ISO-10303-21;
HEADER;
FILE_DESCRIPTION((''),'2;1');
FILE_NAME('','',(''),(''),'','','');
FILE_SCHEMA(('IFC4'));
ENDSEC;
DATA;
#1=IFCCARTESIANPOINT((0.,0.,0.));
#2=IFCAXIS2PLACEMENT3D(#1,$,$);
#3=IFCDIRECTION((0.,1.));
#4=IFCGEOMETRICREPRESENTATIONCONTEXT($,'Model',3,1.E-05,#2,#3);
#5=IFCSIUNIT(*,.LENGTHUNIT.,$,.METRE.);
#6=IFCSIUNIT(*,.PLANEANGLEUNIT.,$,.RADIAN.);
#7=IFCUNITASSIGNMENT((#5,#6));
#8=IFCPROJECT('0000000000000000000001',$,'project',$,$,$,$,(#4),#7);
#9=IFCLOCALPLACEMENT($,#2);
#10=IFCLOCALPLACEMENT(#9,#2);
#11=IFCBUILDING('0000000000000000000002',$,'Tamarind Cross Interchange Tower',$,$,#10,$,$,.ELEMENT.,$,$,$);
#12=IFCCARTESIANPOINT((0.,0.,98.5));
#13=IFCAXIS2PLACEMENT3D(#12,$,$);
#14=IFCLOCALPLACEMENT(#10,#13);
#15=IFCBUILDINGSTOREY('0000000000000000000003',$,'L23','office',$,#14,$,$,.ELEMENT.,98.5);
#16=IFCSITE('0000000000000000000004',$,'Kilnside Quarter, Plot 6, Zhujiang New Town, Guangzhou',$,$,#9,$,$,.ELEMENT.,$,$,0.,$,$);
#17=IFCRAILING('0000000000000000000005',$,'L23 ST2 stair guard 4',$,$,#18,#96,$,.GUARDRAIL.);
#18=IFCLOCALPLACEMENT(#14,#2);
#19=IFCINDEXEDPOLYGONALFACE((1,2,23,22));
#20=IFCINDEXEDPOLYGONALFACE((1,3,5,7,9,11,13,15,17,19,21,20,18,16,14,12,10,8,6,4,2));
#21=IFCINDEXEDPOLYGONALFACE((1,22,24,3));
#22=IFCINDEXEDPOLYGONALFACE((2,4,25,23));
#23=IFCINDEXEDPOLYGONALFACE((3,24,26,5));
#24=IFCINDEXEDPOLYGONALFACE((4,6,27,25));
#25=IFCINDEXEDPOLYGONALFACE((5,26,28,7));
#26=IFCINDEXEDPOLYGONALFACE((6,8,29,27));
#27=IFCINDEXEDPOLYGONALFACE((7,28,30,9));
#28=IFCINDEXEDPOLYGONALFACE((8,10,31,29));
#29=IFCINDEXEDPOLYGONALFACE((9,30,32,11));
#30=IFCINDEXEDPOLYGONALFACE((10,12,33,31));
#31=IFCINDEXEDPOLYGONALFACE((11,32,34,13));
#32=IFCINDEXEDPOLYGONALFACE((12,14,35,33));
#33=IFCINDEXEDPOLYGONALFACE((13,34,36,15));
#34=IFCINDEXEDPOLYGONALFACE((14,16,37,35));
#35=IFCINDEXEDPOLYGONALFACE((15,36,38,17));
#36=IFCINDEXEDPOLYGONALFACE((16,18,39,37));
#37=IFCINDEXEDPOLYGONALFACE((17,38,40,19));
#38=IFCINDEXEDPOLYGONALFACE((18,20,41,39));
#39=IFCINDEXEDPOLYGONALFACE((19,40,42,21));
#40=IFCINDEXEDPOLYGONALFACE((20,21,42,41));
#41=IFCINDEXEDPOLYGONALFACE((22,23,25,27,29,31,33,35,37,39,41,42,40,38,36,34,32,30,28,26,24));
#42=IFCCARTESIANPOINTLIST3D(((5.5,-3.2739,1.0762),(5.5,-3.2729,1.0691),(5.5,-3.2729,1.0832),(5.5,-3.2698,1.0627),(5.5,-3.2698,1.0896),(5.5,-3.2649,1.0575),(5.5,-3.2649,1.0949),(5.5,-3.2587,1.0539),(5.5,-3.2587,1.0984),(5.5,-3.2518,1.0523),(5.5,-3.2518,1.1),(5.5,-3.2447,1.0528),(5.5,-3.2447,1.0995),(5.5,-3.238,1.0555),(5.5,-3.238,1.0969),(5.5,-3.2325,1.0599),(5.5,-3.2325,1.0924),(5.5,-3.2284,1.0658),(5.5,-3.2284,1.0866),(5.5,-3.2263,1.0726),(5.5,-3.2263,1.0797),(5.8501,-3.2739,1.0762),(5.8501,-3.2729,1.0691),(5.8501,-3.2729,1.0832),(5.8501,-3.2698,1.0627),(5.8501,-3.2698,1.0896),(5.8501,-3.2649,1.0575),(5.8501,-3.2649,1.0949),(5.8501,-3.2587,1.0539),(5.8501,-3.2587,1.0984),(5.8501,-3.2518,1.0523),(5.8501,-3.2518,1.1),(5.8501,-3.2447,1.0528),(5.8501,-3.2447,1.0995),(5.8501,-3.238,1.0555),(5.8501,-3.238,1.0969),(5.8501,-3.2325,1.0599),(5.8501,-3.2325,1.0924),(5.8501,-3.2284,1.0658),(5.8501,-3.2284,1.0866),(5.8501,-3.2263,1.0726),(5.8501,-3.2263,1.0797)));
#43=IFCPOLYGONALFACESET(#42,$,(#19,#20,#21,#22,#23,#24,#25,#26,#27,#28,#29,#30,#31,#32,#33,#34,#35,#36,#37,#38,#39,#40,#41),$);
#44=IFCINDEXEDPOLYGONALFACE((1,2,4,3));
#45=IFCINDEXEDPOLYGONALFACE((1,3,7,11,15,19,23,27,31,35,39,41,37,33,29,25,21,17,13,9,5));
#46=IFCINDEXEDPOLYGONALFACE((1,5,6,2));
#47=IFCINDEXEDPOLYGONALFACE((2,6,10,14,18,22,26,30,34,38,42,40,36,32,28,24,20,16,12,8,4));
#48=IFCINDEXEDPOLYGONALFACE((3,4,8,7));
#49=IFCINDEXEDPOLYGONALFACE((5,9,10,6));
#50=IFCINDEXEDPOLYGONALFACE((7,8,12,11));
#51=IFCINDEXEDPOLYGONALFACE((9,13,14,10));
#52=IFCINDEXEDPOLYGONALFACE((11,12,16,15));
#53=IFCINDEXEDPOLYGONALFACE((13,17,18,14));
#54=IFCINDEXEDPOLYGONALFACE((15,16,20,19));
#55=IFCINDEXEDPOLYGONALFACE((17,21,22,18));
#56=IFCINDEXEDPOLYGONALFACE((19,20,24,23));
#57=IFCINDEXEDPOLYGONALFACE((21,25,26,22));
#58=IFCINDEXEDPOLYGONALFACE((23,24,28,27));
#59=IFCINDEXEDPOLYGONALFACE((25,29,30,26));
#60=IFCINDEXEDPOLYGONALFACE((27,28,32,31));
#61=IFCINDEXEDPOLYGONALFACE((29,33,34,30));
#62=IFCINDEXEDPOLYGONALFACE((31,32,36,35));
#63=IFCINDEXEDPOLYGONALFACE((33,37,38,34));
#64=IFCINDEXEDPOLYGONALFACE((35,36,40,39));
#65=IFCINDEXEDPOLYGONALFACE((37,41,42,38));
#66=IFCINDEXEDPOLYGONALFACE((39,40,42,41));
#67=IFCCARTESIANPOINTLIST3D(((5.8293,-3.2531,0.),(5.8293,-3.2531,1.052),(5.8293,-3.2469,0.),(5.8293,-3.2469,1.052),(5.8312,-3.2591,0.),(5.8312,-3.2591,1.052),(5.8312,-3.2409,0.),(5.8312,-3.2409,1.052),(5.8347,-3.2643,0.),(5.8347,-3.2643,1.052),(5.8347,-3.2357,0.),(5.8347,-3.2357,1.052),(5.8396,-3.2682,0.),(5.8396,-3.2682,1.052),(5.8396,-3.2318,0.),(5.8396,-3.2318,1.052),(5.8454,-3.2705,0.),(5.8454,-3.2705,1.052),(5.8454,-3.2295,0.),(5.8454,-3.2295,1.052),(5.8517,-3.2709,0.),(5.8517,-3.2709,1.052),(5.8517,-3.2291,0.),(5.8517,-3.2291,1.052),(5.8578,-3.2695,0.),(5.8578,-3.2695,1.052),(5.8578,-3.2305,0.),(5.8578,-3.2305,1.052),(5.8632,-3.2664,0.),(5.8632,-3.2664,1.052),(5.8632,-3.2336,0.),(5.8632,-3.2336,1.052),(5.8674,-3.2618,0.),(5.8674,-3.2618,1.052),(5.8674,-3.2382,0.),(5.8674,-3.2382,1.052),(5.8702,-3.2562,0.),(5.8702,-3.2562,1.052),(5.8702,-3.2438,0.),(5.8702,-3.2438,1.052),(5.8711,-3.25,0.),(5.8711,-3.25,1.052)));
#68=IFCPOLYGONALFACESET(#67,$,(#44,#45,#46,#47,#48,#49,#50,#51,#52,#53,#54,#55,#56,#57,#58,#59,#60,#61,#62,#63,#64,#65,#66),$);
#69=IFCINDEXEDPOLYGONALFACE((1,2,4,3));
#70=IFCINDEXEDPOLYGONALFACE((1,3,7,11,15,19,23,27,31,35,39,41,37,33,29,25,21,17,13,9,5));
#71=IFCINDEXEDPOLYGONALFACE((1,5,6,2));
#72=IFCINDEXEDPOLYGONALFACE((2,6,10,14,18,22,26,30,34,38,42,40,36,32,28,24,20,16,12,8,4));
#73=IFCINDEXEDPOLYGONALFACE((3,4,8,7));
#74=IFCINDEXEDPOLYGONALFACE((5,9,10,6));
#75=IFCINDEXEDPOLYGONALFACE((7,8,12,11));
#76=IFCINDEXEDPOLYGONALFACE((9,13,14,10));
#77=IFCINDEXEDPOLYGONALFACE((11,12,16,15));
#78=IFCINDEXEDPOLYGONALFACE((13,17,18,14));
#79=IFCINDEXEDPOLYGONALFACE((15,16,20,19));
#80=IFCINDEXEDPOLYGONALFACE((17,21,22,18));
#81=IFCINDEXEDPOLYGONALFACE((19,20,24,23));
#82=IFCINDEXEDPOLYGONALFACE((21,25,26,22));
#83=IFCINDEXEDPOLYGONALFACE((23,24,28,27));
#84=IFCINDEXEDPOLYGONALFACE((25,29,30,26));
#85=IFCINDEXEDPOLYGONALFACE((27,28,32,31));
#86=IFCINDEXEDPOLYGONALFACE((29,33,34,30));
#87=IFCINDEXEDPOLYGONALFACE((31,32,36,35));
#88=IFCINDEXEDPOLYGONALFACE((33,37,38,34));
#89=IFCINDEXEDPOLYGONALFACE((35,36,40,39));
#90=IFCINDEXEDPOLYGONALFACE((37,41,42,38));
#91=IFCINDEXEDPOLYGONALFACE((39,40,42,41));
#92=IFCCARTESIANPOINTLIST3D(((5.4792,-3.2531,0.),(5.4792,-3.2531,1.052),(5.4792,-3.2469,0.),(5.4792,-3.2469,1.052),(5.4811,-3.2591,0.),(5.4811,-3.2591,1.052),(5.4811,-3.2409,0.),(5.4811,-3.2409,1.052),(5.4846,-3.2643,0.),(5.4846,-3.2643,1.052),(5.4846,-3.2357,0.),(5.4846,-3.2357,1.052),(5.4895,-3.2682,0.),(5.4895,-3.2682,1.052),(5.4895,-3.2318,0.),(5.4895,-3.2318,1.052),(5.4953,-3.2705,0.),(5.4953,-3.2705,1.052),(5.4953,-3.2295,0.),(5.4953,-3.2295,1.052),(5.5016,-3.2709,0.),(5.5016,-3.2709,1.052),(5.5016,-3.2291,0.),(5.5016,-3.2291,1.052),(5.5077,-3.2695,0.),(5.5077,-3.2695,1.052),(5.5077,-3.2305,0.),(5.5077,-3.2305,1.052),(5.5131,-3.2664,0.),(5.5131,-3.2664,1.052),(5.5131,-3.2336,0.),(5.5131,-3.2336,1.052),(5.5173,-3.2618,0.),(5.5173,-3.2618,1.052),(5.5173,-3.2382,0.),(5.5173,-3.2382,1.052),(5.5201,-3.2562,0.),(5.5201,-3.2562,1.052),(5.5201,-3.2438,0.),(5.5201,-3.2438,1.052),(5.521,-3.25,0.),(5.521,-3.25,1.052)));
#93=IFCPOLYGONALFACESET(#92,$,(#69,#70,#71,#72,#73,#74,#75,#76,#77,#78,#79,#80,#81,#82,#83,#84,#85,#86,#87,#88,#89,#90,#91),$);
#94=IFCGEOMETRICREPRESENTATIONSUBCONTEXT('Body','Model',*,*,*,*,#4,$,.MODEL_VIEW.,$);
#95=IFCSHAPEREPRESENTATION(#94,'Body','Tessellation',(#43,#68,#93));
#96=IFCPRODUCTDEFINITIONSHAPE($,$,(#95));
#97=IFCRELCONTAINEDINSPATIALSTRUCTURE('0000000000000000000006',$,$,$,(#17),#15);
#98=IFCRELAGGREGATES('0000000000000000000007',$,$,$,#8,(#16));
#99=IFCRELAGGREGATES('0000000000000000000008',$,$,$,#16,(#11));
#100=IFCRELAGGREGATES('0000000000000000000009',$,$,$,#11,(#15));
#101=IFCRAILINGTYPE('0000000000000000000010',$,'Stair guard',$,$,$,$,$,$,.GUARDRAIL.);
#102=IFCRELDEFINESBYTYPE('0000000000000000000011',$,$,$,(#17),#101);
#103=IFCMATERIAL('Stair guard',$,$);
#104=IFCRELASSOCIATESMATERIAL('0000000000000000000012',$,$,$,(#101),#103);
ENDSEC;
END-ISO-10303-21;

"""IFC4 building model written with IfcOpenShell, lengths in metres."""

from ifc_helpers import new_model, si_unit, direction, frame, origin, origin_2d, place, context, subcontext, project, spatial, circle, extrude, material, type_object, element, save


model = new_model("IFC4")

# Units and contexts
model_context = context("Model", 3, precision=1e-05, world=origin(), true_north=direction((0.0, 1.0)))
body_context = subcontext(model_context, "Body", "Model", "MODEL_VIEW")
ifc_project = project(units=[si_unit("LENGTHUNIT", "METRE"), si_unit("PLANEANGLEUNIT", "RADIAN")], contexts=[model_context])

# Site, building, storey
site_placement = place(None, origin())
site = spatial("IfcSite", under=ifc_project, at=site_placement, Name="Kilnside Quarter, Plot 6, Zhujiang New Town, Guangzhou", CompositionType="ELEMENT", RefElevation=0.0)
building_placement = place(site_placement, origin())
building = spatial("IfcBuilding", under=site, at=building_placement, Name="Tamarind Cross Interchange Tower", CompositionType="ELEMENT")
storey_placement = place(building_placement, frame((0.0, 0.0, 98.5)))
storey = spatial("IfcBuildingStorey", under=building, at=storey_placement, Name="L23", Description="office", CompositionType="ELEMENT", Elevation=98.5)

# Railing
ifc_material_1 = material(Name="Stair guard")
railing_type_1 = type_object("IfcRailingType", Name="Stair guard", PredefinedType="GUARDRAIL", material=ifc_material_1)
railing_1_placement = place(storey_placement, frame((5.8501, -3.25, 0.0)))
element("IfcRailing", 1, at=railing_1_placement, inside=storey, type_object=railing_type_1, Name="L23 ST2 stair guard 4", PredefinedType="GUARDRAIL", context=body_context, shape_type="SweptSolid", body=[
    extrude(circle(Radius=0.0239, at=origin_2d()), frame((0.0, 0.0, 1.0762), z_axis=(-1.0, 0.0, 0.0), x_axis=(0.0, -1.0, 0.0)), (0.0, 0.0, 1.0), 0.3501),
    extrude(circle(Radius=0.021, at=origin_2d()), origin(), (0.0, 0.0, 1.0), 1.052),
    extrude(circle(Radius=0.021, at=origin_2d()), frame((-0.3501, 0.0, 0.0)), (0.0, 0.0, 1.0), 1.052),
])

save(model, "model.ifc")
